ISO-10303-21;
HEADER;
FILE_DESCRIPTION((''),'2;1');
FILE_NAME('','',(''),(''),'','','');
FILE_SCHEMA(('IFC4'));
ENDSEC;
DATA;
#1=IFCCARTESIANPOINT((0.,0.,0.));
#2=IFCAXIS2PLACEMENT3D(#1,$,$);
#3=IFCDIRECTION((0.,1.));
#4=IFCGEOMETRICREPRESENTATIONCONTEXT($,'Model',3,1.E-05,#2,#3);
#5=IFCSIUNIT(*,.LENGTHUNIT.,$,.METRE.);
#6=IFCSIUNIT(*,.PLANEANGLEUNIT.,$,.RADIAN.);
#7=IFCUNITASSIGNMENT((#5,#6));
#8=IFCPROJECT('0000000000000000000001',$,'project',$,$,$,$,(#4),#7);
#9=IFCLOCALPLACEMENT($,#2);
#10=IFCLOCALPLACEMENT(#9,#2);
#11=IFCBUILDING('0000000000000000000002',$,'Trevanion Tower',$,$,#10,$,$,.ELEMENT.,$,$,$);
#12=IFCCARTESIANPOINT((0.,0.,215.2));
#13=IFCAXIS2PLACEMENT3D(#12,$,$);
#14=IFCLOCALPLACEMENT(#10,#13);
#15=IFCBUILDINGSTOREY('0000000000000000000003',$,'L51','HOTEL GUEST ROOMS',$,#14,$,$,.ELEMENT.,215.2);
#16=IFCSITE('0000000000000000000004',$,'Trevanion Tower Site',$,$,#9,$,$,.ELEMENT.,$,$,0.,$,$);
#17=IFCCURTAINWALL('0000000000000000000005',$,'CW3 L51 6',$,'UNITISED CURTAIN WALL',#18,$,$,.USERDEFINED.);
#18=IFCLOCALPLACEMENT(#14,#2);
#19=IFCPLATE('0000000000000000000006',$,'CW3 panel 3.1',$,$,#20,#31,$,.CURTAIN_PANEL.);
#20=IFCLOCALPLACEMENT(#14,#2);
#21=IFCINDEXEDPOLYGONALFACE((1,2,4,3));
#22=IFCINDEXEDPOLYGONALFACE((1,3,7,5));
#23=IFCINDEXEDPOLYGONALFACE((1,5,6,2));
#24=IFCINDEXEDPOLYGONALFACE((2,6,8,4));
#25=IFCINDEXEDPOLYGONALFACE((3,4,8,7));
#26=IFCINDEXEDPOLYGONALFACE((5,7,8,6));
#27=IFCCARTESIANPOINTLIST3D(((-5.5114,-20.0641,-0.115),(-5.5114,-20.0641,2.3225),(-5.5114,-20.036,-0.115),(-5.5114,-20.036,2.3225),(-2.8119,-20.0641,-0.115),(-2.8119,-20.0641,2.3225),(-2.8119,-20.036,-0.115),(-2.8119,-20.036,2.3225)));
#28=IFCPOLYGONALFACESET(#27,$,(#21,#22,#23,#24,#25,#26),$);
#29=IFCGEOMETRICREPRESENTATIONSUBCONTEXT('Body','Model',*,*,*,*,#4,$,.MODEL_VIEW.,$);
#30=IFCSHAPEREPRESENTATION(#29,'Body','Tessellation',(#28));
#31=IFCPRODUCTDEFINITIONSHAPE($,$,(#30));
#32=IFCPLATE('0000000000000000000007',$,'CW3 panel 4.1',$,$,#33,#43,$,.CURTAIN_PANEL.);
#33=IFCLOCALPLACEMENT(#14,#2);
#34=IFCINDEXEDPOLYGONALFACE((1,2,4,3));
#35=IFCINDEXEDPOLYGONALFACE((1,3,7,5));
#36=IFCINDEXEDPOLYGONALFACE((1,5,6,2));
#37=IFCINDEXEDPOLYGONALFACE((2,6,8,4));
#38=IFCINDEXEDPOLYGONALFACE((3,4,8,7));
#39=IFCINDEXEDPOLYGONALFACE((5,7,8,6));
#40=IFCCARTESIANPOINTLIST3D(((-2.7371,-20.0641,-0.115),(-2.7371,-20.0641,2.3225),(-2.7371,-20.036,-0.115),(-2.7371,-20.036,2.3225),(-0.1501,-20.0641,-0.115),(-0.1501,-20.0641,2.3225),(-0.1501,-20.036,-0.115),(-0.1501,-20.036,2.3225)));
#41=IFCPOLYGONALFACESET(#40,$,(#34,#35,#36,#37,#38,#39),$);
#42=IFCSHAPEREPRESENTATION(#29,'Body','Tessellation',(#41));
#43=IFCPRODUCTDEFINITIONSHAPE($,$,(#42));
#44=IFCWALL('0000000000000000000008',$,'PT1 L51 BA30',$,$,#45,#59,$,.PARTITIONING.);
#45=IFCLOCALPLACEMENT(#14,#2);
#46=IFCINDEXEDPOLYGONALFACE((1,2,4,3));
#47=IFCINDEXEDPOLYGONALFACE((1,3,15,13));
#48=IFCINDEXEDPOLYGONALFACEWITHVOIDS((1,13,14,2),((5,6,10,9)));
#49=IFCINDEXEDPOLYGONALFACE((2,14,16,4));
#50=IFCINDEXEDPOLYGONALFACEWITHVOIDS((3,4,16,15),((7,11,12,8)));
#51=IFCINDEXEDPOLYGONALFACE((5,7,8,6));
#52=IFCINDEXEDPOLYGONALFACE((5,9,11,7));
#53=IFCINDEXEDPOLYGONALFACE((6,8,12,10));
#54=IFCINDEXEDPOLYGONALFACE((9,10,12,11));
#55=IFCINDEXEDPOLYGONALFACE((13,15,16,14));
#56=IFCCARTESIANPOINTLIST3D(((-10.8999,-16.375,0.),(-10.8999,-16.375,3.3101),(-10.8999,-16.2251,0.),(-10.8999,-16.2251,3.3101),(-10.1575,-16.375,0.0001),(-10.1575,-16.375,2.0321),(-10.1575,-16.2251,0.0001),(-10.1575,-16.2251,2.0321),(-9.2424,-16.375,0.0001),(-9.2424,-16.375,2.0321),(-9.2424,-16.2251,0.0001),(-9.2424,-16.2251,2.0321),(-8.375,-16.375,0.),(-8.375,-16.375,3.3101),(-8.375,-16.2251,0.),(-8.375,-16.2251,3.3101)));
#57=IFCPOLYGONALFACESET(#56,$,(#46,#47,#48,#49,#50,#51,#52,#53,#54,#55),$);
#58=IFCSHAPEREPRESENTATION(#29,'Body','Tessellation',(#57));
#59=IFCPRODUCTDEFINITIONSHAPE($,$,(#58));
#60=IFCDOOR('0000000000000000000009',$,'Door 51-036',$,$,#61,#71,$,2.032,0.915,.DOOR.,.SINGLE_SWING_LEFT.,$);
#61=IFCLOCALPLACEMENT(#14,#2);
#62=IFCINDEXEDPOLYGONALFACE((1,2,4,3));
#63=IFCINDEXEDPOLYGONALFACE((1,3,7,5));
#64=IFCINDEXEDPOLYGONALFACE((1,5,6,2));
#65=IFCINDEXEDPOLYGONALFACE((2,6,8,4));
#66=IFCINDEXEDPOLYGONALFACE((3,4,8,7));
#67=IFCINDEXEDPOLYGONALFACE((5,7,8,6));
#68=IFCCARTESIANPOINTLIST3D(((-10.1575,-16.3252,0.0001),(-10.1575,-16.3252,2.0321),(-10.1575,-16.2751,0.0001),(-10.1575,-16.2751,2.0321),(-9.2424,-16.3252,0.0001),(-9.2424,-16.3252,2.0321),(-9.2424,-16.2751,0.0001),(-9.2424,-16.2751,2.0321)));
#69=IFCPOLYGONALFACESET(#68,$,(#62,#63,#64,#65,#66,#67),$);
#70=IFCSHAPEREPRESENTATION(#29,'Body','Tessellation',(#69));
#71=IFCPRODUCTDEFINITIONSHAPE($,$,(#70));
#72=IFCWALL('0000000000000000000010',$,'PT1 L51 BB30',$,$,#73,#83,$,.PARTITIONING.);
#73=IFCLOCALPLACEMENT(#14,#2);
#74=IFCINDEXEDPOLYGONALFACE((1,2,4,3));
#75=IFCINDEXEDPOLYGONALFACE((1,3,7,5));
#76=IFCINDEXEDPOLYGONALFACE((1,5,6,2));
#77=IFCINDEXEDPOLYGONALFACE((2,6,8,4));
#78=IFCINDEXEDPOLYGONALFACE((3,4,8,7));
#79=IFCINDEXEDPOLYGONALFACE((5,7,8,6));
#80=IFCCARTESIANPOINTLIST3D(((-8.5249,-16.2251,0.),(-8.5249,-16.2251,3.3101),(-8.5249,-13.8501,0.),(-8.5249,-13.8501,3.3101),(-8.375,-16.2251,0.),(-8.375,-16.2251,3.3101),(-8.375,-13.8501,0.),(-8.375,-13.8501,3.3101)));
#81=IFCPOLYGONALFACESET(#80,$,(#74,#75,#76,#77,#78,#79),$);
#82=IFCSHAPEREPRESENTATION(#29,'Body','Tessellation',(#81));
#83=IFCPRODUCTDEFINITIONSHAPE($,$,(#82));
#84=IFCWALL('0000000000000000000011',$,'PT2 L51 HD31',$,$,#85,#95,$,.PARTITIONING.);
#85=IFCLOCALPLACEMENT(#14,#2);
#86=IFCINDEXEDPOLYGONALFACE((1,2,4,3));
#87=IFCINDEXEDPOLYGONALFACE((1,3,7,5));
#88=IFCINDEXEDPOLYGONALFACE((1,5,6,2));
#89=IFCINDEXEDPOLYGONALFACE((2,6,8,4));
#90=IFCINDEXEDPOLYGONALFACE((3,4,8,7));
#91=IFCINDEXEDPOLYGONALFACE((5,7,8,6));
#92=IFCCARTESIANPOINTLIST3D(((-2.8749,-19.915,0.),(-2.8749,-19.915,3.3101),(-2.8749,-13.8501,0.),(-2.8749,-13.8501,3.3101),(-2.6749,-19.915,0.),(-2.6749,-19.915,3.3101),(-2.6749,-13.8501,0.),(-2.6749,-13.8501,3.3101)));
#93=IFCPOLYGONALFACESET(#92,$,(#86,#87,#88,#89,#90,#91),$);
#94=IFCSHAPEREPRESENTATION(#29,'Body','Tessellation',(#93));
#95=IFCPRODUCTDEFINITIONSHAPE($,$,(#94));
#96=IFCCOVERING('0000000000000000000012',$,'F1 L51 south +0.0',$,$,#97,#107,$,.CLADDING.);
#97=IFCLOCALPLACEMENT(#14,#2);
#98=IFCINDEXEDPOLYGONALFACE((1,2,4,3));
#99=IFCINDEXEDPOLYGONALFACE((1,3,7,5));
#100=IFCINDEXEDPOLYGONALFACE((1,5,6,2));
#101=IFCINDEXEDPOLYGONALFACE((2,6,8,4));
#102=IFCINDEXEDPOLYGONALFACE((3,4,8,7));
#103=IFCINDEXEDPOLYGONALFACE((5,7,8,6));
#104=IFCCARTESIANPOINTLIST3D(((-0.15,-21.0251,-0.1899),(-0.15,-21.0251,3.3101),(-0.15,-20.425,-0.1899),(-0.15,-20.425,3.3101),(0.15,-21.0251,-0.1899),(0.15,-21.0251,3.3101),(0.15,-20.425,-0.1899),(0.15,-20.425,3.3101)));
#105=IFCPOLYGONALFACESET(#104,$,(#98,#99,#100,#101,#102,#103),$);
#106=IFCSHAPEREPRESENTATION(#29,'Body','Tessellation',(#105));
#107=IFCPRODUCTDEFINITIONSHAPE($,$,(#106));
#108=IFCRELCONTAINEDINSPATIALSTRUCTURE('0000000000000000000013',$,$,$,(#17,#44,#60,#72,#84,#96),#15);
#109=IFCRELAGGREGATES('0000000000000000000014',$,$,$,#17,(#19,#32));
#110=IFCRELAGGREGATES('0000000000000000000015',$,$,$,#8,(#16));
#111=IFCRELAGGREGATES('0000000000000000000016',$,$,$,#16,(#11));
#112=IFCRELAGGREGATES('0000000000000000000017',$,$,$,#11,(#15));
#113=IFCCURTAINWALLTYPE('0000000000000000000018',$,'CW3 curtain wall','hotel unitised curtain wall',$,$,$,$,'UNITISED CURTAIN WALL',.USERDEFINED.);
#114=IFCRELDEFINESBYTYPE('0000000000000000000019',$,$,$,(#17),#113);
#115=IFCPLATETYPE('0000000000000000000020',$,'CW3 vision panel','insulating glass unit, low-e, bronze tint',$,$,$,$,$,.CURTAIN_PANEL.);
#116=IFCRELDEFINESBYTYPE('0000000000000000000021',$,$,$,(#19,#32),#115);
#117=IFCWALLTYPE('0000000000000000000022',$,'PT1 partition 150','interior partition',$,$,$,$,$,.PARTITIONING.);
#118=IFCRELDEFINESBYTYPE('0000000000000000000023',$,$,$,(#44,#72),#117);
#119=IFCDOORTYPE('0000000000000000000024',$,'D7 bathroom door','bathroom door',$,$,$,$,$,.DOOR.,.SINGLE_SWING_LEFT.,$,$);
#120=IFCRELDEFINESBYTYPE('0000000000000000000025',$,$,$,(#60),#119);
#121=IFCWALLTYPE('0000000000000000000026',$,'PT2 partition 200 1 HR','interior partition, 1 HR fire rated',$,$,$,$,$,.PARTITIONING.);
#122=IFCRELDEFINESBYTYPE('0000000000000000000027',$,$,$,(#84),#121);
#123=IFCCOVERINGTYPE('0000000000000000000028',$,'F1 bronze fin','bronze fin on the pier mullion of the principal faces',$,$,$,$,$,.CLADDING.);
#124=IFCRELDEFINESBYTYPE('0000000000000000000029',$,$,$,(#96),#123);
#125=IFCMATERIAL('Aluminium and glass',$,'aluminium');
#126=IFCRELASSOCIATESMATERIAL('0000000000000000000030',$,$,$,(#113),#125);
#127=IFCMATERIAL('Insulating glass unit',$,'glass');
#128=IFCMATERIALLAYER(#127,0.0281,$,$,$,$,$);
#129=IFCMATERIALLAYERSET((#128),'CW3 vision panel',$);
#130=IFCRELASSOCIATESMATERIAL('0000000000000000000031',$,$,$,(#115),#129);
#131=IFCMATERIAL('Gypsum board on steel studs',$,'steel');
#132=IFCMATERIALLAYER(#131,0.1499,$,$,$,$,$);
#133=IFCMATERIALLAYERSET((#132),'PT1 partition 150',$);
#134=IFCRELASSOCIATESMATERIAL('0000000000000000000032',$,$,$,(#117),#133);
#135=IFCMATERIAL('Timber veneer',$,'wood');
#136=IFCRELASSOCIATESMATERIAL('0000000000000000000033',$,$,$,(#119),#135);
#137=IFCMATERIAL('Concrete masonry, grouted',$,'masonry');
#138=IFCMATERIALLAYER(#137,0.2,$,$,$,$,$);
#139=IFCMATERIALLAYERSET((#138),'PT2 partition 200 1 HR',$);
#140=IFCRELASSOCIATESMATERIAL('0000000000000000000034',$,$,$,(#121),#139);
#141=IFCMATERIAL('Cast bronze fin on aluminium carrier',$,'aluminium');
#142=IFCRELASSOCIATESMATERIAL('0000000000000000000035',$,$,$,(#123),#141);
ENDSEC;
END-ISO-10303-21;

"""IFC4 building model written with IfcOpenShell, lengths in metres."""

from ifc_helpers import new_model, si_unit, direction, frame, frame_2d, origin, origin_2d, place, context, subcontext, project, spatial, rectangle, extrude, material, layer, layer_set, type_object, element, fill, aggregate, save


model = new_model("IFC4")

# Units and contexts
model_context = context("Model", 3, precision=1e-05, world=origin(), true_north=direction((0.0, 1.0)))
body_context = subcontext(model_context, "Body", "Model", "MODEL_VIEW")
ifc_project = project(units=[si_unit("LENGTHUNIT", "METRE"), si_unit("PLANEANGLEUNIT", "RADIAN")], contexts=[model_context])

# Site, building, storey
site_placement = place(None, origin())
site = spatial("IfcSite", under=ifc_project, at=site_placement, Name="Trevanion Tower Site", CompositionType="ELEMENT", RefElevation=0.0)
building_placement = place(site_placement, origin())
building = spatial("IfcBuilding", under=site, at=building_placement, Name="Trevanion Tower", CompositionType="ELEMENT")
storey_placement = place(building_placement, frame((0.0, 0.0, 215.2)))
storey = spatial("IfcBuildingStorey", under=building, at=storey_placement, Name="L51", Description="HOTEL GUEST ROOMS", CompositionType="ELEMENT", Elevation=215.2)

# Curtain wall
ifc_material_1 = material(Name="Aluminium and glass", Category="aluminium")
curtain_wall_type = type_object("IfcCurtainWallType", Name="CW3 curtain wall", Description="hotel unitised curtain wall", ElementType="UNITISED CURTAIN WALL", PredefinedType="USERDEFINED", material=ifc_material_1)
curtain_wall_placement = place(storey_placement, origin())
curtain_wall = element("IfcCurtainWall", 1, at=curtain_wall_placement, inside=storey, type_object=curtain_wall_type, Name="CW3 L51 6", ObjectType="UNITISED CURTAIN WALL", PredefinedType="USERDEFINED")

# Plates
ifc_material_2 = material(Name="Insulating glass unit", Category="glass")
ifc_layer_1 = layer(ifc_material_2, 0.0281)
ifc_layer_set_1 = layer_set([ifc_layer_1], Name="CW3 vision panel")
plate_type_1 = type_object("IfcPlateType", Name="CW3 vision panel", Description="insulating glass unit, low-e, bronze tint", PredefinedType="CURTAIN_PANEL", material=ifc_layer_set_1)
plate_1_placement = place(storey_placement, frame((-4.1616, -20.05, -0.115), z_axis=(0.0, 0.0, 1.0), x_axis=(1.0, 0.0, 0.0)))
plate_1 = element("IfcPlate", 2, at=plate_1_placement, type_object=plate_type_1, Name="CW3 panel 3.1", PredefinedType="CURTAIN_PANEL", context=body_context, shape_type="SweptSolid", body=[
    extrude(rectangle(XDim=2.6995, YDim=0.0281, at=origin_2d()), origin(), (0.0, 0.0, 1.0), 2.4375),
])
plate_2_placement = place(storey_placement, frame((-1.4436, -20.05, -0.115), z_axis=(0.0, 0.0, 1.0), x_axis=(1.0, 0.0, 0.0)))
plate_2 = element("IfcPlate", 3, at=plate_2_placement, type_object=plate_type_1, Name="CW3 panel 4.1", PredefinedType="CURTAIN_PANEL", context=body_context, shape_type="SweptSolid", body=[
    extrude(rectangle(XDim=2.5869, YDim=0.0281, at=origin_2d()), origin(), (0.0, 0.0, 1.0), 2.4375),
])
aggregate(curtain_wall, [plate_1, plate_2])

# Wall, opening, door
ifc_material_3 = material(Name="Gypsum board on steel studs", Category="steel")
ifc_layer_2 = layer(ifc_material_3, 0.1499)
ifc_layer_set_2 = layer_set([ifc_layer_2], Name="PT1 partition 150")
wall_type_1 = type_object("IfcWallType", Name="PT1 partition 150", Description="interior partition", PredefinedType="PARTITIONING", material=ifc_layer_set_2)
wall_1_placement = place(storey_placement, frame((-10.8999, -16.3, 0.0), z_axis=(0.0, 0.0, 1.0), x_axis=(1.0, 0.0, 0.0)))
wall_1 = element("IfcWall", 4, at=wall_1_placement, inside=storey, type_object=wall_type_1, Name="PT1 L51 BA30", PredefinedType="PARTITIONING", context=body_context, shape_type="SweptSolid", body=[
    extrude(rectangle(XDim=2.5249, YDim=0.1499, at=frame_2d((1.2625, 0.0))), origin(), (0.0, 0.0, 1.0), 3.3101),
])
opening_placement = place(wall_1_placement, frame((0.7424, 0.0, 0.0)))
opening = element("IfcOpeningElement", 5, at=opening_placement, cuts=wall_1, PredefinedType="OPENING", context=body_context, shape_type="SweptSolid", body=[
    extrude(rectangle(XDim=0.915, YDim=2.032, at=frame_2d((0.4575, 1.0161))), frame((0.0, 0.085, 0.0), z_axis=(0.0, -1.0, 0.0), x_axis=(1.0, 0.0, 0.0)), (0.0, 0.0, 1.0), 0.1699),
])
ifc_material_4 = material(Name="Timber veneer", Category="wood")
door_type = type_object("IfcDoorType", Name="D7 bathroom door", Description="bathroom door", OperationType="SINGLE_SWING_LEFT", PredefinedType="DOOR", material=ifc_material_4)
door_placement = place(opening_placement, origin())
door = element("IfcDoor", 6, at=door_placement, inside=storey, type_object=door_type, Name="Door 51-036", OperationType="SINGLE_SWING_LEFT", OverallHeight=2.032, OverallWidth=0.915, PredefinedType="DOOR", context=body_context, shape_type="SweptSolid", body=[
    extrude(rectangle(XDim=0.915, YDim=2.032, at=frame_2d((0.4575, 1.0161))), frame((0.0, 0.0249, 0.0), z_axis=(0.0, -1.0, 0.0), x_axis=(1.0, 0.0, 0.0)), (0.0, 0.0, 1.0), 0.05),
])
fill(opening, door)

# Walls
wall_2_placement = place(storey_placement, frame((-8.45, -13.8501, 0.0), z_axis=(0.0, 0.0, 1.0), x_axis=(0.0, -1.0, 0.0)))
element("IfcWall", 7, at=wall_2_placement, inside=storey, type_object=wall_type_1, Name="PT1 L51 BB30", PredefinedType="PARTITIONING", context=body_context, shape_type="SweptSolid", body=[
    extrude(rectangle(XDim=2.375, YDim=0.1499, at=frame_2d((1.1875, 0.0))), origin(), (0.0, 0.0, 1.0), 3.3101),
])
ifc_material_5 = material(Name="Concrete masonry, grouted", Category="masonry")
ifc_layer_3 = layer(ifc_material_5, 0.2)
ifc_layer_set_3 = layer_set([ifc_layer_3], Name="PT2 partition 200 1 HR")
wall_type_2 = type_object("IfcWallType", Name="PT2 partition 200 1 HR", Description="interior partition, 1 HR fire rated", PredefinedType="PARTITIONING", material=ifc_layer_set_3)
wall_3_placement = place(storey_placement, frame((-2.7749, -13.8501, 0.0), z_axis=(0.0, 0.0, 1.0), x_axis=(0.0, -1.0, 0.0)))
element("IfcWall", 8, at=wall_3_placement, inside=storey, type_object=wall_type_2, Name="PT2 L51 HD31", PredefinedType="PARTITIONING", context=body_context, shape_type="SweptSolid", body=[
    extrude(rectangle(XDim=6.0649, YDim=0.2, at=frame_2d((3.0325, 0.0))), origin(), (0.0, 0.0, 1.0), 3.3101),
])

# Covering
ifc_material_6 = material(Name="Cast bronze fin on aluminium carrier", Category="aluminium")
covering_type = type_object("IfcCoveringType", Name="F1 bronze fin", Description="bronze fin on the pier mullion of the principal faces", PredefinedType="CLADDING", material=ifc_material_6)
covering_placement = place(storey_placement, frame((0.0, -20.7251, -0.1899), z_axis=(0.0, 0.0, 1.0), x_axis=(1.0, 0.0, 0.0)))
element("IfcCovering", 9, at=covering_placement, inside=storey, type_object=covering_type, Name="F1 L51 south +0.0", PredefinedType="CLADDING", context=body_context, shape_type="SweptSolid", body=[
    extrude(rectangle(XDim=0.3, YDim=0.6001, at=origin_2d()), origin(), (0.0, 0.0, 1.0), 3.5),
])

save(model, "model.ifc")
